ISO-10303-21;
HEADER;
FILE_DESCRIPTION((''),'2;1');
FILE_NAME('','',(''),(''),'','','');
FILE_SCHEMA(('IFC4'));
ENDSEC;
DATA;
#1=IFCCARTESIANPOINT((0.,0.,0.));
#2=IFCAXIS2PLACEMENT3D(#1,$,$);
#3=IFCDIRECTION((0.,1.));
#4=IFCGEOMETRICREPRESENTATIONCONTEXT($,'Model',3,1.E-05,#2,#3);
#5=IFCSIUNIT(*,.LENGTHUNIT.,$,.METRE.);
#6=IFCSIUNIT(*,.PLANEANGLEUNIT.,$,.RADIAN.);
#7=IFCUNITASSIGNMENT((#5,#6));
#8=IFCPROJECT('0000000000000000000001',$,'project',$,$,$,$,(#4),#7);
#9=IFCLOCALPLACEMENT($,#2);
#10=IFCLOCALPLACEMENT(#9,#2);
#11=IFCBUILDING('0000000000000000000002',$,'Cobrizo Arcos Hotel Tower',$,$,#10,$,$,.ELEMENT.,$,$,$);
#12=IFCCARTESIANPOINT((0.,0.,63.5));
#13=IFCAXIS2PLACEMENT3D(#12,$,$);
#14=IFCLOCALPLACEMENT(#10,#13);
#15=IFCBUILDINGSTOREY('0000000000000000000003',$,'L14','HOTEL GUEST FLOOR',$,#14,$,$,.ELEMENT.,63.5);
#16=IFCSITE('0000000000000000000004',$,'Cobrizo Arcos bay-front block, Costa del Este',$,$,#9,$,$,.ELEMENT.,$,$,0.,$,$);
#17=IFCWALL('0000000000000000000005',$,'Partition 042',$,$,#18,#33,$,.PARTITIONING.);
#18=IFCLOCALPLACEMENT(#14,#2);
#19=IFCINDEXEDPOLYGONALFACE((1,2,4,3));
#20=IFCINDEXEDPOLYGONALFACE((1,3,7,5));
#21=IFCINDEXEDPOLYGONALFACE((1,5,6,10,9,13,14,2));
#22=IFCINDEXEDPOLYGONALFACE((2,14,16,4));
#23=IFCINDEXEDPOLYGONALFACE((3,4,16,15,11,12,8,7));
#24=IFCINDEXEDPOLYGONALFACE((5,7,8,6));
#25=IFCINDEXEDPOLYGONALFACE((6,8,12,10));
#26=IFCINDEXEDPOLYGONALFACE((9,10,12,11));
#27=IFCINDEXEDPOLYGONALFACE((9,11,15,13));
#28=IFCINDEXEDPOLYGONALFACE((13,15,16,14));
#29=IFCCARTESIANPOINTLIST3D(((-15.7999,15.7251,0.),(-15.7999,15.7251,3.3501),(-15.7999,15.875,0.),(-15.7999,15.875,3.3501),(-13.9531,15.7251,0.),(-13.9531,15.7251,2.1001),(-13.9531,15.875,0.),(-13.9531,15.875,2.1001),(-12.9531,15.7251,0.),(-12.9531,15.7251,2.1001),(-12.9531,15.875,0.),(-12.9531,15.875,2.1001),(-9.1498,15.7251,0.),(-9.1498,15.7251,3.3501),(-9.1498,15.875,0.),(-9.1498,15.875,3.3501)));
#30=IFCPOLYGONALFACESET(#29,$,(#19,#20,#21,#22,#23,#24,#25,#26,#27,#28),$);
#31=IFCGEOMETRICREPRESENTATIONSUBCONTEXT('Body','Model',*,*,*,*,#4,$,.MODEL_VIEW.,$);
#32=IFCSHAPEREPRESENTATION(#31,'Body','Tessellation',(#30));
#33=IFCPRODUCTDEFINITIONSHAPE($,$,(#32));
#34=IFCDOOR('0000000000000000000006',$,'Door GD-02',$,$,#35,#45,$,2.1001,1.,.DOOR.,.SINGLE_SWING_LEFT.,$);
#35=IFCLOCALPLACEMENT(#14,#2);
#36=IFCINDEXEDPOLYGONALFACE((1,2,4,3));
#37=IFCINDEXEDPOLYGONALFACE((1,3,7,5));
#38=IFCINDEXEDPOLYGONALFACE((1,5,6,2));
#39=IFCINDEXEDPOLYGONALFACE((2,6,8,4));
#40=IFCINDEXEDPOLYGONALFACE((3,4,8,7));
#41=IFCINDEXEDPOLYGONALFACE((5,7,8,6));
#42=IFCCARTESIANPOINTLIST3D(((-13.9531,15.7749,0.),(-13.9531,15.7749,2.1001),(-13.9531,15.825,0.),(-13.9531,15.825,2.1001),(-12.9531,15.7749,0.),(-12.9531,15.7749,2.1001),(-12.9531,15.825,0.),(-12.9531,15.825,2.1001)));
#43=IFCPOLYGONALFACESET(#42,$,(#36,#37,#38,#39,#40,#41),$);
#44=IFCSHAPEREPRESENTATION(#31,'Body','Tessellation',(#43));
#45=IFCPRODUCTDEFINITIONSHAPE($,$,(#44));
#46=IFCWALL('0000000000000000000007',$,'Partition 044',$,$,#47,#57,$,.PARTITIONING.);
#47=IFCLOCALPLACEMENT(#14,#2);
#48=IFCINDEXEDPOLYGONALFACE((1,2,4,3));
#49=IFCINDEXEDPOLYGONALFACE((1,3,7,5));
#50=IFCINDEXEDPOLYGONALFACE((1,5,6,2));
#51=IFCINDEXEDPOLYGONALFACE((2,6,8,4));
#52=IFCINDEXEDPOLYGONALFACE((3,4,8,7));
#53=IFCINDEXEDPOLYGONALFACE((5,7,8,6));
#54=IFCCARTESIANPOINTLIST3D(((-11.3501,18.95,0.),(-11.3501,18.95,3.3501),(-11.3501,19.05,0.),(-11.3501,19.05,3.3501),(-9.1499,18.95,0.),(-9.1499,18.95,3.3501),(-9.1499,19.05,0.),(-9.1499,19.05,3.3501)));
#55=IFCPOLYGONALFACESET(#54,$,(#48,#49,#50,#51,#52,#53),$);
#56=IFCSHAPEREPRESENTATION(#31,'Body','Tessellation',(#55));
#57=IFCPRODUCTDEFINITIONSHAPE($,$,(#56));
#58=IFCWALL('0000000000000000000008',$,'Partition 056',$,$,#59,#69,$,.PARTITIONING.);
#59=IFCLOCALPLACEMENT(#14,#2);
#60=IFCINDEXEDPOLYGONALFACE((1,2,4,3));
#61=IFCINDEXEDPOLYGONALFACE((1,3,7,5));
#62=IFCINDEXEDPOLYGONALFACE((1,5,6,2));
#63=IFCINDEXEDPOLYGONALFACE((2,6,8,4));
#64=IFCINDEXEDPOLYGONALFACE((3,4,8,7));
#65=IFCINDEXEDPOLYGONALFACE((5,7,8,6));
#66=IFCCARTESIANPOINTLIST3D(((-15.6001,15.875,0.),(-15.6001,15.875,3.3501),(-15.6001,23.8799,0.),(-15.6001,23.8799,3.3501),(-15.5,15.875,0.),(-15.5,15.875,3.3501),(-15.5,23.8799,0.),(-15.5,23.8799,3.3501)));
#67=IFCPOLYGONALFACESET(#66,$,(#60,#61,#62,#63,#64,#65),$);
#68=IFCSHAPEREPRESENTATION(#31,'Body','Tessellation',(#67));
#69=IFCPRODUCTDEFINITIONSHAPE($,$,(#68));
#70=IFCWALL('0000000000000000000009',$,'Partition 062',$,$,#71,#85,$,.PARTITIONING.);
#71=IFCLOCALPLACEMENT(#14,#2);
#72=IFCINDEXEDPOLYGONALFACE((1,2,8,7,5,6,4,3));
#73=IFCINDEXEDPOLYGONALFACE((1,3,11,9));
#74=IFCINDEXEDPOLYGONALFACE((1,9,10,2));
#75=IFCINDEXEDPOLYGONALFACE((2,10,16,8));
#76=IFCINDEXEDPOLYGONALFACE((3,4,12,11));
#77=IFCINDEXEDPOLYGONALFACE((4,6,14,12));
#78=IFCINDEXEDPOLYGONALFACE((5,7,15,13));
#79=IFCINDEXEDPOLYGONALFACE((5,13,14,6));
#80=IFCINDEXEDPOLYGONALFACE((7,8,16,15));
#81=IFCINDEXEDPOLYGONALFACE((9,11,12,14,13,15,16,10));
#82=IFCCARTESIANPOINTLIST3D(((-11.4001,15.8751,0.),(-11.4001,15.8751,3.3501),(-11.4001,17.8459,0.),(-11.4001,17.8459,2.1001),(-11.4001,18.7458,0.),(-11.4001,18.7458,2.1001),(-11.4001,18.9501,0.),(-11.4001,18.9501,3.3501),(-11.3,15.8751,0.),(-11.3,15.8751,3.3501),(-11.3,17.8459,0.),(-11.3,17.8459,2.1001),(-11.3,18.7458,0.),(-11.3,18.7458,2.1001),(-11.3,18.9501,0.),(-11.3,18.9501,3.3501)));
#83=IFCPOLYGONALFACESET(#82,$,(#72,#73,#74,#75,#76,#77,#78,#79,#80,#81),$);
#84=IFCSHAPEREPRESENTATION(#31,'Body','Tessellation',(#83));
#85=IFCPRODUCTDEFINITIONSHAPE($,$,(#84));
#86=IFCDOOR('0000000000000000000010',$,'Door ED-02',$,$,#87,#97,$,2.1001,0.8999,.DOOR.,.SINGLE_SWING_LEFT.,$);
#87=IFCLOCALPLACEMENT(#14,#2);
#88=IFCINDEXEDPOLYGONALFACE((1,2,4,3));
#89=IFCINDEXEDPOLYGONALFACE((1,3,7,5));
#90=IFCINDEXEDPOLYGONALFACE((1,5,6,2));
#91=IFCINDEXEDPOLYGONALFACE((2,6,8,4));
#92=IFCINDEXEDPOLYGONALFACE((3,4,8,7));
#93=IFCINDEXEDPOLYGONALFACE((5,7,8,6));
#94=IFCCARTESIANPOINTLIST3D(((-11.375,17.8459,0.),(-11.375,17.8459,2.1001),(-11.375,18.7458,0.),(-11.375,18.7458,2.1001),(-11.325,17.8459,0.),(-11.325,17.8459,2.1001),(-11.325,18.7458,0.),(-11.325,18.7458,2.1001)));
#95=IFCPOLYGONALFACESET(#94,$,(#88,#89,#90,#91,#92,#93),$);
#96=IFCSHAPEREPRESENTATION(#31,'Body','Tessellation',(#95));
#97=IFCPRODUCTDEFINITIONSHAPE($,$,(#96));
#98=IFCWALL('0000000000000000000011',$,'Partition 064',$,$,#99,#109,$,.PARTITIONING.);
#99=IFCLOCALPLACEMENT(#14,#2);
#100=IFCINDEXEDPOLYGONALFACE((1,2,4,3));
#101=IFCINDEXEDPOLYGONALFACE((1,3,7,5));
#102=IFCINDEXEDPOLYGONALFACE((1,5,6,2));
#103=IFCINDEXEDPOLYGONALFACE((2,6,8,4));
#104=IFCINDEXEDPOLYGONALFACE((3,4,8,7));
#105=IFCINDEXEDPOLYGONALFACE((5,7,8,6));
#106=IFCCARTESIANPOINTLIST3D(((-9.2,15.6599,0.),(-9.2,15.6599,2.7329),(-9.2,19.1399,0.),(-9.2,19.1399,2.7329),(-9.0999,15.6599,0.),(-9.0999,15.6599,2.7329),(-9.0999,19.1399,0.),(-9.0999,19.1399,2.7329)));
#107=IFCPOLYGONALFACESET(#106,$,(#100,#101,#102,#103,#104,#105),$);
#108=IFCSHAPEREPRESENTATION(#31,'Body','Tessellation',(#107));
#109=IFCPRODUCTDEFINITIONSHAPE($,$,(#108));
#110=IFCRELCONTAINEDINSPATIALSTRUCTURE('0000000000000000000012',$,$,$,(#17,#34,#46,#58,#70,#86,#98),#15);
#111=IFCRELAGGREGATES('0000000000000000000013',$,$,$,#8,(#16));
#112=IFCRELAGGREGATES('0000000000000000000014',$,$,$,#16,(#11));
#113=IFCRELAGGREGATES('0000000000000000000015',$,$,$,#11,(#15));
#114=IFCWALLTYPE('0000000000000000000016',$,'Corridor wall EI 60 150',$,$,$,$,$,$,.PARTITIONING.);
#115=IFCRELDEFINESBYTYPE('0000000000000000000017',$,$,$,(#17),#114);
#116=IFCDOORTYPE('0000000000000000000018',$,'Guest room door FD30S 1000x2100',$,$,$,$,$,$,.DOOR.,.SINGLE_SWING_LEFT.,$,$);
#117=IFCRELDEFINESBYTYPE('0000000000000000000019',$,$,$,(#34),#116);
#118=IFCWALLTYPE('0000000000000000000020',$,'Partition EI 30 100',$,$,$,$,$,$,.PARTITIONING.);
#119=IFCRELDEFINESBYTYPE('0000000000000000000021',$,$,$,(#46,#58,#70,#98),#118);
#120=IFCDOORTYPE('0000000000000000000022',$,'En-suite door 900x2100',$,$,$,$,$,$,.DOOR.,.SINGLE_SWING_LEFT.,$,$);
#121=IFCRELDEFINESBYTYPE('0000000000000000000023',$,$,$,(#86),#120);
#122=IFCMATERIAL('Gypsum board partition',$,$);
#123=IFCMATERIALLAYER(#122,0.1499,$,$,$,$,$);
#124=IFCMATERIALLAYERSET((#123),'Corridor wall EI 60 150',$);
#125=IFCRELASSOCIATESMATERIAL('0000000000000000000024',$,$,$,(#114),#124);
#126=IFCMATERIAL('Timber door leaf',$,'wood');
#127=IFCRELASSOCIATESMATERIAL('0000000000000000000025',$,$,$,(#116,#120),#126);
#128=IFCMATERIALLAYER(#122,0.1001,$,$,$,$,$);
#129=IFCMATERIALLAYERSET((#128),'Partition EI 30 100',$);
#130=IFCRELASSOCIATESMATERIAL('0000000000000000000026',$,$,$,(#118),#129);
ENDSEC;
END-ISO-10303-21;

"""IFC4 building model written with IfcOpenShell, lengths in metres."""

from ifc_helpers import new_model, si_unit, direction, frame, frame_2d, origin, place, context, subcontext, project, spatial, rectangle, extrude, material, layer, layer_set, type_object, element, fill, save


model = new_model("IFC4")

# Units and contexts
model_context = context("Model", 3, precision=1e-05, world=origin(), true_north=direction((0.0, 1.0)))
body_context = subcontext(model_context, "Body", "Model", "MODEL_VIEW")
ifc_project = project(units=[si_unit("LENGTHUNIT", "METRE"), si_unit("PLANEANGLEUNIT", "RADIAN")], contexts=[model_context])

# Site, building, storey
site_placement = place(None, origin())
site = spatial("IfcSite", under=ifc_project, at=site_placement, Name="Cobrizo Arcos bay-front block, Costa del Este", CompositionType="ELEMENT", RefElevation=0.0)
building_placement = place(site_placement, origin())
building = spatial("IfcBuilding", under=site, at=building_placement, Name="Cobrizo Arcos Hotel Tower", CompositionType="ELEMENT")
storey_placement = place(building_placement, frame((0.0, 0.0, 63.5)))
storey = spatial("IfcBuildingStorey", under=building, at=storey_placement, Name="L14", Description="HOTEL GUEST FLOOR", CompositionType="ELEMENT", Elevation=63.5)

# Wall, opening, door
ifc_material_1 = material(Name="Gypsum board partition")
ifc_layer_1 = layer(ifc_material_1, 0.1499)
ifc_layer_set_1 = layer_set([ifc_layer_1], Name="Corridor wall EI 60 150")
wall_type_1 = type_object("IfcWallType", Name="Corridor wall EI 60 150", PredefinedType="PARTITIONING", material=ifc_layer_set_1)
wall_1_placement = place(storey_placement, frame((-15.8, 15.8, 0.0), z_axis=(0.0, 0.0, 1.0), x_axis=(1.0, 0.0, 0.0)))
wall_1 = element("IfcWall", 1, at=wall_1_placement, inside=storey, type_object=wall_type_1, Name="Partition 042", PredefinedType="PARTITIONING", context=body_context, shape_type="SweptSolid", body=[
    extrude(rectangle(XDim=6.6501, YDim=0.1499, at=frame_2d((3.3252, 0.0))), origin(), (0.0, 0.0, 1.0), 3.3501),
])
opening_1_placement = place(wall_1_placement, frame((1.8469, 0.0, 0.0)))
opening_1 = element("IfcOpeningElement", 2, at=opening_1_placement, cuts=wall_1, PredefinedType="OPENING", context=body_context, shape_type="SweptSolid", body=[
    extrude(rectangle(XDim=1.0, YDim=2.1001, at=frame_2d((0.5, 1.05))), frame((0.0, 0.0869, 0.0), z_axis=(0.0, -1.0, 0.0), x_axis=(1.0, 0.0, 0.0)), (0.0, 0.0, 1.0), 0.1738),
])
ifc_material_2 = material(Name="Timber door leaf", Category="wood")
door_type_1 = type_object("IfcDoorType", Name="Guest room door FD30S 1000x2100", OperationType="SINGLE_SWING_LEFT", PredefinedType="DOOR", material=ifc_material_2)
door_1_placement = place(opening_1_placement, origin())
door_1 = element("IfcDoor", 3, at=door_1_placement, inside=storey, type_object=door_type_1, Name="Door GD-02", OperationType="SINGLE_SWING_LEFT", OverallHeight=2.1001, OverallWidth=1.0, PredefinedType="DOOR", context=body_context, shape_type="SweptSolid", body=[
    extrude(rectangle(XDim=1.0, YDim=2.1001, at=frame_2d((0.5, 1.05))), frame((0.0, 0.0249, 0.0), z_axis=(0.0, -1.0, 0.0), x_axis=(1.0, 0.0, 0.0)), (0.0, 0.0, 1.0), 0.05),
])
fill(opening_1, door_1)

# Walls
ifc_layer_2 = layer(ifc_material_1, 0.1001)
ifc_layer_set_2 = layer_set([ifc_layer_2], Name="Partition EI 30 100")
wall_type_2 = type_object("IfcWallType", Name="Partition EI 30 100", PredefinedType="PARTITIONING", material=ifc_layer_set_2)
wall_2_placement = place(storey_placement, frame((-11.3501, 19.0, 0.0), z_axis=(0.0, 0.0, 1.0), x_axis=(1.0, 0.0, 0.0)))
element("IfcWall", 4, at=wall_2_placement, inside=storey, type_object=wall_type_2, Name="Partition 044", PredefinedType="PARTITIONING", context=body_context, shape_type="SweptSolid", body=[
    extrude(rectangle(XDim=2.2002, YDim=0.1001, at=frame_2d((1.1001, 0.0))), origin(), (0.0, 0.0, 1.0), 3.3501),
])
wall_3_placement = place(storey_placement, frame((-15.55, 15.875, 0.0), z_axis=(0.0, 0.0, 1.0), x_axis=(0.0, 1.0, 0.0)))
element("IfcWall", 5, at=wall_3_placement, inside=storey, type_object=wall_type_2, Name="Partition 056", PredefinedType="PARTITIONING", context=body_context, shape_type="SweptSolid", body=[
    extrude(rectangle(XDim=8.0049, YDim=0.1001, at=frame_2d((4.0024, 0.0))), origin(), (0.0, 0.0, 1.0), 3.3501),
])

# Wall, opening, door
wall_4_placement = place(storey_placement, frame((-11.3501, 15.875, 0.0), z_axis=(0.0, 0.0, 1.0), x_axis=(0.0, 1.0, 0.0)))
wall_4 = element("IfcWall", 6, at=wall_4_placement, inside=storey, type_object=wall_type_2, Name="Partition 062", PredefinedType="PARTITIONING", context=body_context, shape_type="SweptSolid", body=[
    extrude(rectangle(XDim=3.075, YDim=0.1001, at=frame_2d((1.5376, 0.0))), origin(), (0.0, 0.0, 1.0), 3.3501),
])
opening_2_placement = place(wall_4_placement, frame((1.9709, 0.0, 0.0)))
opening_2 = element("IfcOpeningElement", 7, at=opening_2_placement, cuts=wall_4, PredefinedType="OPENING", context=body_context, shape_type="SweptSolid", body=[
    extrude(rectangle(XDim=0.8999, YDim=2.1001, at=frame_2d((0.45, 1.05))), frame((0.0, 0.062, 0.0), z_axis=(0.0, -1.0, 0.0), x_axis=(1.0, 0.0, 0.0)), (0.0, 0.0, 1.0), 0.124),
])
door_type_2 = type_object("IfcDoorType", Name="En-suite door 900x2100", OperationType="SINGLE_SWING_LEFT", PredefinedType="DOOR", material=ifc_material_2)
door_2_placement = place(opening_2_placement, origin())
door_2 = element("IfcDoor", 8, at=door_2_placement, inside=storey, type_object=door_type_2, Name="Door ED-02", OperationType="SINGLE_SWING_LEFT", OverallHeight=2.1001, OverallWidth=0.8999, PredefinedType="DOOR", context=body_context, shape_type="SweptSolid", body=[
    extrude(rectangle(XDim=0.8999, YDim=2.1001, at=frame_2d((0.45, 1.05))), frame((0.0, 0.0249, 0.0), z_axis=(0.0, -1.0, 0.0), x_axis=(1.0, 0.0, 0.0)), (0.0, 0.0, 1.0), 0.05),
])
fill(opening_2, door_2)

# Wall
wall_5_placement = place(storey_placement, frame((-9.1499, 15.6599, 0.0), z_axis=(0.0, 0.0, 1.0), x_axis=(0.0, 1.0, 0.0)))
element("IfcWall", 9, at=wall_5_placement, inside=storey, type_object=wall_type_2, Name="Partition 064", PredefinedType="PARTITIONING", context=body_context, shape_type="SweptSolid", body=[
    extrude(rectangle(XDim=3.48, YDim=0.1001, at=frame_2d((1.74, 0.0))), origin(), (0.0, 0.0, 1.0), 2.7329),
])

save(model, "model.ifc")
